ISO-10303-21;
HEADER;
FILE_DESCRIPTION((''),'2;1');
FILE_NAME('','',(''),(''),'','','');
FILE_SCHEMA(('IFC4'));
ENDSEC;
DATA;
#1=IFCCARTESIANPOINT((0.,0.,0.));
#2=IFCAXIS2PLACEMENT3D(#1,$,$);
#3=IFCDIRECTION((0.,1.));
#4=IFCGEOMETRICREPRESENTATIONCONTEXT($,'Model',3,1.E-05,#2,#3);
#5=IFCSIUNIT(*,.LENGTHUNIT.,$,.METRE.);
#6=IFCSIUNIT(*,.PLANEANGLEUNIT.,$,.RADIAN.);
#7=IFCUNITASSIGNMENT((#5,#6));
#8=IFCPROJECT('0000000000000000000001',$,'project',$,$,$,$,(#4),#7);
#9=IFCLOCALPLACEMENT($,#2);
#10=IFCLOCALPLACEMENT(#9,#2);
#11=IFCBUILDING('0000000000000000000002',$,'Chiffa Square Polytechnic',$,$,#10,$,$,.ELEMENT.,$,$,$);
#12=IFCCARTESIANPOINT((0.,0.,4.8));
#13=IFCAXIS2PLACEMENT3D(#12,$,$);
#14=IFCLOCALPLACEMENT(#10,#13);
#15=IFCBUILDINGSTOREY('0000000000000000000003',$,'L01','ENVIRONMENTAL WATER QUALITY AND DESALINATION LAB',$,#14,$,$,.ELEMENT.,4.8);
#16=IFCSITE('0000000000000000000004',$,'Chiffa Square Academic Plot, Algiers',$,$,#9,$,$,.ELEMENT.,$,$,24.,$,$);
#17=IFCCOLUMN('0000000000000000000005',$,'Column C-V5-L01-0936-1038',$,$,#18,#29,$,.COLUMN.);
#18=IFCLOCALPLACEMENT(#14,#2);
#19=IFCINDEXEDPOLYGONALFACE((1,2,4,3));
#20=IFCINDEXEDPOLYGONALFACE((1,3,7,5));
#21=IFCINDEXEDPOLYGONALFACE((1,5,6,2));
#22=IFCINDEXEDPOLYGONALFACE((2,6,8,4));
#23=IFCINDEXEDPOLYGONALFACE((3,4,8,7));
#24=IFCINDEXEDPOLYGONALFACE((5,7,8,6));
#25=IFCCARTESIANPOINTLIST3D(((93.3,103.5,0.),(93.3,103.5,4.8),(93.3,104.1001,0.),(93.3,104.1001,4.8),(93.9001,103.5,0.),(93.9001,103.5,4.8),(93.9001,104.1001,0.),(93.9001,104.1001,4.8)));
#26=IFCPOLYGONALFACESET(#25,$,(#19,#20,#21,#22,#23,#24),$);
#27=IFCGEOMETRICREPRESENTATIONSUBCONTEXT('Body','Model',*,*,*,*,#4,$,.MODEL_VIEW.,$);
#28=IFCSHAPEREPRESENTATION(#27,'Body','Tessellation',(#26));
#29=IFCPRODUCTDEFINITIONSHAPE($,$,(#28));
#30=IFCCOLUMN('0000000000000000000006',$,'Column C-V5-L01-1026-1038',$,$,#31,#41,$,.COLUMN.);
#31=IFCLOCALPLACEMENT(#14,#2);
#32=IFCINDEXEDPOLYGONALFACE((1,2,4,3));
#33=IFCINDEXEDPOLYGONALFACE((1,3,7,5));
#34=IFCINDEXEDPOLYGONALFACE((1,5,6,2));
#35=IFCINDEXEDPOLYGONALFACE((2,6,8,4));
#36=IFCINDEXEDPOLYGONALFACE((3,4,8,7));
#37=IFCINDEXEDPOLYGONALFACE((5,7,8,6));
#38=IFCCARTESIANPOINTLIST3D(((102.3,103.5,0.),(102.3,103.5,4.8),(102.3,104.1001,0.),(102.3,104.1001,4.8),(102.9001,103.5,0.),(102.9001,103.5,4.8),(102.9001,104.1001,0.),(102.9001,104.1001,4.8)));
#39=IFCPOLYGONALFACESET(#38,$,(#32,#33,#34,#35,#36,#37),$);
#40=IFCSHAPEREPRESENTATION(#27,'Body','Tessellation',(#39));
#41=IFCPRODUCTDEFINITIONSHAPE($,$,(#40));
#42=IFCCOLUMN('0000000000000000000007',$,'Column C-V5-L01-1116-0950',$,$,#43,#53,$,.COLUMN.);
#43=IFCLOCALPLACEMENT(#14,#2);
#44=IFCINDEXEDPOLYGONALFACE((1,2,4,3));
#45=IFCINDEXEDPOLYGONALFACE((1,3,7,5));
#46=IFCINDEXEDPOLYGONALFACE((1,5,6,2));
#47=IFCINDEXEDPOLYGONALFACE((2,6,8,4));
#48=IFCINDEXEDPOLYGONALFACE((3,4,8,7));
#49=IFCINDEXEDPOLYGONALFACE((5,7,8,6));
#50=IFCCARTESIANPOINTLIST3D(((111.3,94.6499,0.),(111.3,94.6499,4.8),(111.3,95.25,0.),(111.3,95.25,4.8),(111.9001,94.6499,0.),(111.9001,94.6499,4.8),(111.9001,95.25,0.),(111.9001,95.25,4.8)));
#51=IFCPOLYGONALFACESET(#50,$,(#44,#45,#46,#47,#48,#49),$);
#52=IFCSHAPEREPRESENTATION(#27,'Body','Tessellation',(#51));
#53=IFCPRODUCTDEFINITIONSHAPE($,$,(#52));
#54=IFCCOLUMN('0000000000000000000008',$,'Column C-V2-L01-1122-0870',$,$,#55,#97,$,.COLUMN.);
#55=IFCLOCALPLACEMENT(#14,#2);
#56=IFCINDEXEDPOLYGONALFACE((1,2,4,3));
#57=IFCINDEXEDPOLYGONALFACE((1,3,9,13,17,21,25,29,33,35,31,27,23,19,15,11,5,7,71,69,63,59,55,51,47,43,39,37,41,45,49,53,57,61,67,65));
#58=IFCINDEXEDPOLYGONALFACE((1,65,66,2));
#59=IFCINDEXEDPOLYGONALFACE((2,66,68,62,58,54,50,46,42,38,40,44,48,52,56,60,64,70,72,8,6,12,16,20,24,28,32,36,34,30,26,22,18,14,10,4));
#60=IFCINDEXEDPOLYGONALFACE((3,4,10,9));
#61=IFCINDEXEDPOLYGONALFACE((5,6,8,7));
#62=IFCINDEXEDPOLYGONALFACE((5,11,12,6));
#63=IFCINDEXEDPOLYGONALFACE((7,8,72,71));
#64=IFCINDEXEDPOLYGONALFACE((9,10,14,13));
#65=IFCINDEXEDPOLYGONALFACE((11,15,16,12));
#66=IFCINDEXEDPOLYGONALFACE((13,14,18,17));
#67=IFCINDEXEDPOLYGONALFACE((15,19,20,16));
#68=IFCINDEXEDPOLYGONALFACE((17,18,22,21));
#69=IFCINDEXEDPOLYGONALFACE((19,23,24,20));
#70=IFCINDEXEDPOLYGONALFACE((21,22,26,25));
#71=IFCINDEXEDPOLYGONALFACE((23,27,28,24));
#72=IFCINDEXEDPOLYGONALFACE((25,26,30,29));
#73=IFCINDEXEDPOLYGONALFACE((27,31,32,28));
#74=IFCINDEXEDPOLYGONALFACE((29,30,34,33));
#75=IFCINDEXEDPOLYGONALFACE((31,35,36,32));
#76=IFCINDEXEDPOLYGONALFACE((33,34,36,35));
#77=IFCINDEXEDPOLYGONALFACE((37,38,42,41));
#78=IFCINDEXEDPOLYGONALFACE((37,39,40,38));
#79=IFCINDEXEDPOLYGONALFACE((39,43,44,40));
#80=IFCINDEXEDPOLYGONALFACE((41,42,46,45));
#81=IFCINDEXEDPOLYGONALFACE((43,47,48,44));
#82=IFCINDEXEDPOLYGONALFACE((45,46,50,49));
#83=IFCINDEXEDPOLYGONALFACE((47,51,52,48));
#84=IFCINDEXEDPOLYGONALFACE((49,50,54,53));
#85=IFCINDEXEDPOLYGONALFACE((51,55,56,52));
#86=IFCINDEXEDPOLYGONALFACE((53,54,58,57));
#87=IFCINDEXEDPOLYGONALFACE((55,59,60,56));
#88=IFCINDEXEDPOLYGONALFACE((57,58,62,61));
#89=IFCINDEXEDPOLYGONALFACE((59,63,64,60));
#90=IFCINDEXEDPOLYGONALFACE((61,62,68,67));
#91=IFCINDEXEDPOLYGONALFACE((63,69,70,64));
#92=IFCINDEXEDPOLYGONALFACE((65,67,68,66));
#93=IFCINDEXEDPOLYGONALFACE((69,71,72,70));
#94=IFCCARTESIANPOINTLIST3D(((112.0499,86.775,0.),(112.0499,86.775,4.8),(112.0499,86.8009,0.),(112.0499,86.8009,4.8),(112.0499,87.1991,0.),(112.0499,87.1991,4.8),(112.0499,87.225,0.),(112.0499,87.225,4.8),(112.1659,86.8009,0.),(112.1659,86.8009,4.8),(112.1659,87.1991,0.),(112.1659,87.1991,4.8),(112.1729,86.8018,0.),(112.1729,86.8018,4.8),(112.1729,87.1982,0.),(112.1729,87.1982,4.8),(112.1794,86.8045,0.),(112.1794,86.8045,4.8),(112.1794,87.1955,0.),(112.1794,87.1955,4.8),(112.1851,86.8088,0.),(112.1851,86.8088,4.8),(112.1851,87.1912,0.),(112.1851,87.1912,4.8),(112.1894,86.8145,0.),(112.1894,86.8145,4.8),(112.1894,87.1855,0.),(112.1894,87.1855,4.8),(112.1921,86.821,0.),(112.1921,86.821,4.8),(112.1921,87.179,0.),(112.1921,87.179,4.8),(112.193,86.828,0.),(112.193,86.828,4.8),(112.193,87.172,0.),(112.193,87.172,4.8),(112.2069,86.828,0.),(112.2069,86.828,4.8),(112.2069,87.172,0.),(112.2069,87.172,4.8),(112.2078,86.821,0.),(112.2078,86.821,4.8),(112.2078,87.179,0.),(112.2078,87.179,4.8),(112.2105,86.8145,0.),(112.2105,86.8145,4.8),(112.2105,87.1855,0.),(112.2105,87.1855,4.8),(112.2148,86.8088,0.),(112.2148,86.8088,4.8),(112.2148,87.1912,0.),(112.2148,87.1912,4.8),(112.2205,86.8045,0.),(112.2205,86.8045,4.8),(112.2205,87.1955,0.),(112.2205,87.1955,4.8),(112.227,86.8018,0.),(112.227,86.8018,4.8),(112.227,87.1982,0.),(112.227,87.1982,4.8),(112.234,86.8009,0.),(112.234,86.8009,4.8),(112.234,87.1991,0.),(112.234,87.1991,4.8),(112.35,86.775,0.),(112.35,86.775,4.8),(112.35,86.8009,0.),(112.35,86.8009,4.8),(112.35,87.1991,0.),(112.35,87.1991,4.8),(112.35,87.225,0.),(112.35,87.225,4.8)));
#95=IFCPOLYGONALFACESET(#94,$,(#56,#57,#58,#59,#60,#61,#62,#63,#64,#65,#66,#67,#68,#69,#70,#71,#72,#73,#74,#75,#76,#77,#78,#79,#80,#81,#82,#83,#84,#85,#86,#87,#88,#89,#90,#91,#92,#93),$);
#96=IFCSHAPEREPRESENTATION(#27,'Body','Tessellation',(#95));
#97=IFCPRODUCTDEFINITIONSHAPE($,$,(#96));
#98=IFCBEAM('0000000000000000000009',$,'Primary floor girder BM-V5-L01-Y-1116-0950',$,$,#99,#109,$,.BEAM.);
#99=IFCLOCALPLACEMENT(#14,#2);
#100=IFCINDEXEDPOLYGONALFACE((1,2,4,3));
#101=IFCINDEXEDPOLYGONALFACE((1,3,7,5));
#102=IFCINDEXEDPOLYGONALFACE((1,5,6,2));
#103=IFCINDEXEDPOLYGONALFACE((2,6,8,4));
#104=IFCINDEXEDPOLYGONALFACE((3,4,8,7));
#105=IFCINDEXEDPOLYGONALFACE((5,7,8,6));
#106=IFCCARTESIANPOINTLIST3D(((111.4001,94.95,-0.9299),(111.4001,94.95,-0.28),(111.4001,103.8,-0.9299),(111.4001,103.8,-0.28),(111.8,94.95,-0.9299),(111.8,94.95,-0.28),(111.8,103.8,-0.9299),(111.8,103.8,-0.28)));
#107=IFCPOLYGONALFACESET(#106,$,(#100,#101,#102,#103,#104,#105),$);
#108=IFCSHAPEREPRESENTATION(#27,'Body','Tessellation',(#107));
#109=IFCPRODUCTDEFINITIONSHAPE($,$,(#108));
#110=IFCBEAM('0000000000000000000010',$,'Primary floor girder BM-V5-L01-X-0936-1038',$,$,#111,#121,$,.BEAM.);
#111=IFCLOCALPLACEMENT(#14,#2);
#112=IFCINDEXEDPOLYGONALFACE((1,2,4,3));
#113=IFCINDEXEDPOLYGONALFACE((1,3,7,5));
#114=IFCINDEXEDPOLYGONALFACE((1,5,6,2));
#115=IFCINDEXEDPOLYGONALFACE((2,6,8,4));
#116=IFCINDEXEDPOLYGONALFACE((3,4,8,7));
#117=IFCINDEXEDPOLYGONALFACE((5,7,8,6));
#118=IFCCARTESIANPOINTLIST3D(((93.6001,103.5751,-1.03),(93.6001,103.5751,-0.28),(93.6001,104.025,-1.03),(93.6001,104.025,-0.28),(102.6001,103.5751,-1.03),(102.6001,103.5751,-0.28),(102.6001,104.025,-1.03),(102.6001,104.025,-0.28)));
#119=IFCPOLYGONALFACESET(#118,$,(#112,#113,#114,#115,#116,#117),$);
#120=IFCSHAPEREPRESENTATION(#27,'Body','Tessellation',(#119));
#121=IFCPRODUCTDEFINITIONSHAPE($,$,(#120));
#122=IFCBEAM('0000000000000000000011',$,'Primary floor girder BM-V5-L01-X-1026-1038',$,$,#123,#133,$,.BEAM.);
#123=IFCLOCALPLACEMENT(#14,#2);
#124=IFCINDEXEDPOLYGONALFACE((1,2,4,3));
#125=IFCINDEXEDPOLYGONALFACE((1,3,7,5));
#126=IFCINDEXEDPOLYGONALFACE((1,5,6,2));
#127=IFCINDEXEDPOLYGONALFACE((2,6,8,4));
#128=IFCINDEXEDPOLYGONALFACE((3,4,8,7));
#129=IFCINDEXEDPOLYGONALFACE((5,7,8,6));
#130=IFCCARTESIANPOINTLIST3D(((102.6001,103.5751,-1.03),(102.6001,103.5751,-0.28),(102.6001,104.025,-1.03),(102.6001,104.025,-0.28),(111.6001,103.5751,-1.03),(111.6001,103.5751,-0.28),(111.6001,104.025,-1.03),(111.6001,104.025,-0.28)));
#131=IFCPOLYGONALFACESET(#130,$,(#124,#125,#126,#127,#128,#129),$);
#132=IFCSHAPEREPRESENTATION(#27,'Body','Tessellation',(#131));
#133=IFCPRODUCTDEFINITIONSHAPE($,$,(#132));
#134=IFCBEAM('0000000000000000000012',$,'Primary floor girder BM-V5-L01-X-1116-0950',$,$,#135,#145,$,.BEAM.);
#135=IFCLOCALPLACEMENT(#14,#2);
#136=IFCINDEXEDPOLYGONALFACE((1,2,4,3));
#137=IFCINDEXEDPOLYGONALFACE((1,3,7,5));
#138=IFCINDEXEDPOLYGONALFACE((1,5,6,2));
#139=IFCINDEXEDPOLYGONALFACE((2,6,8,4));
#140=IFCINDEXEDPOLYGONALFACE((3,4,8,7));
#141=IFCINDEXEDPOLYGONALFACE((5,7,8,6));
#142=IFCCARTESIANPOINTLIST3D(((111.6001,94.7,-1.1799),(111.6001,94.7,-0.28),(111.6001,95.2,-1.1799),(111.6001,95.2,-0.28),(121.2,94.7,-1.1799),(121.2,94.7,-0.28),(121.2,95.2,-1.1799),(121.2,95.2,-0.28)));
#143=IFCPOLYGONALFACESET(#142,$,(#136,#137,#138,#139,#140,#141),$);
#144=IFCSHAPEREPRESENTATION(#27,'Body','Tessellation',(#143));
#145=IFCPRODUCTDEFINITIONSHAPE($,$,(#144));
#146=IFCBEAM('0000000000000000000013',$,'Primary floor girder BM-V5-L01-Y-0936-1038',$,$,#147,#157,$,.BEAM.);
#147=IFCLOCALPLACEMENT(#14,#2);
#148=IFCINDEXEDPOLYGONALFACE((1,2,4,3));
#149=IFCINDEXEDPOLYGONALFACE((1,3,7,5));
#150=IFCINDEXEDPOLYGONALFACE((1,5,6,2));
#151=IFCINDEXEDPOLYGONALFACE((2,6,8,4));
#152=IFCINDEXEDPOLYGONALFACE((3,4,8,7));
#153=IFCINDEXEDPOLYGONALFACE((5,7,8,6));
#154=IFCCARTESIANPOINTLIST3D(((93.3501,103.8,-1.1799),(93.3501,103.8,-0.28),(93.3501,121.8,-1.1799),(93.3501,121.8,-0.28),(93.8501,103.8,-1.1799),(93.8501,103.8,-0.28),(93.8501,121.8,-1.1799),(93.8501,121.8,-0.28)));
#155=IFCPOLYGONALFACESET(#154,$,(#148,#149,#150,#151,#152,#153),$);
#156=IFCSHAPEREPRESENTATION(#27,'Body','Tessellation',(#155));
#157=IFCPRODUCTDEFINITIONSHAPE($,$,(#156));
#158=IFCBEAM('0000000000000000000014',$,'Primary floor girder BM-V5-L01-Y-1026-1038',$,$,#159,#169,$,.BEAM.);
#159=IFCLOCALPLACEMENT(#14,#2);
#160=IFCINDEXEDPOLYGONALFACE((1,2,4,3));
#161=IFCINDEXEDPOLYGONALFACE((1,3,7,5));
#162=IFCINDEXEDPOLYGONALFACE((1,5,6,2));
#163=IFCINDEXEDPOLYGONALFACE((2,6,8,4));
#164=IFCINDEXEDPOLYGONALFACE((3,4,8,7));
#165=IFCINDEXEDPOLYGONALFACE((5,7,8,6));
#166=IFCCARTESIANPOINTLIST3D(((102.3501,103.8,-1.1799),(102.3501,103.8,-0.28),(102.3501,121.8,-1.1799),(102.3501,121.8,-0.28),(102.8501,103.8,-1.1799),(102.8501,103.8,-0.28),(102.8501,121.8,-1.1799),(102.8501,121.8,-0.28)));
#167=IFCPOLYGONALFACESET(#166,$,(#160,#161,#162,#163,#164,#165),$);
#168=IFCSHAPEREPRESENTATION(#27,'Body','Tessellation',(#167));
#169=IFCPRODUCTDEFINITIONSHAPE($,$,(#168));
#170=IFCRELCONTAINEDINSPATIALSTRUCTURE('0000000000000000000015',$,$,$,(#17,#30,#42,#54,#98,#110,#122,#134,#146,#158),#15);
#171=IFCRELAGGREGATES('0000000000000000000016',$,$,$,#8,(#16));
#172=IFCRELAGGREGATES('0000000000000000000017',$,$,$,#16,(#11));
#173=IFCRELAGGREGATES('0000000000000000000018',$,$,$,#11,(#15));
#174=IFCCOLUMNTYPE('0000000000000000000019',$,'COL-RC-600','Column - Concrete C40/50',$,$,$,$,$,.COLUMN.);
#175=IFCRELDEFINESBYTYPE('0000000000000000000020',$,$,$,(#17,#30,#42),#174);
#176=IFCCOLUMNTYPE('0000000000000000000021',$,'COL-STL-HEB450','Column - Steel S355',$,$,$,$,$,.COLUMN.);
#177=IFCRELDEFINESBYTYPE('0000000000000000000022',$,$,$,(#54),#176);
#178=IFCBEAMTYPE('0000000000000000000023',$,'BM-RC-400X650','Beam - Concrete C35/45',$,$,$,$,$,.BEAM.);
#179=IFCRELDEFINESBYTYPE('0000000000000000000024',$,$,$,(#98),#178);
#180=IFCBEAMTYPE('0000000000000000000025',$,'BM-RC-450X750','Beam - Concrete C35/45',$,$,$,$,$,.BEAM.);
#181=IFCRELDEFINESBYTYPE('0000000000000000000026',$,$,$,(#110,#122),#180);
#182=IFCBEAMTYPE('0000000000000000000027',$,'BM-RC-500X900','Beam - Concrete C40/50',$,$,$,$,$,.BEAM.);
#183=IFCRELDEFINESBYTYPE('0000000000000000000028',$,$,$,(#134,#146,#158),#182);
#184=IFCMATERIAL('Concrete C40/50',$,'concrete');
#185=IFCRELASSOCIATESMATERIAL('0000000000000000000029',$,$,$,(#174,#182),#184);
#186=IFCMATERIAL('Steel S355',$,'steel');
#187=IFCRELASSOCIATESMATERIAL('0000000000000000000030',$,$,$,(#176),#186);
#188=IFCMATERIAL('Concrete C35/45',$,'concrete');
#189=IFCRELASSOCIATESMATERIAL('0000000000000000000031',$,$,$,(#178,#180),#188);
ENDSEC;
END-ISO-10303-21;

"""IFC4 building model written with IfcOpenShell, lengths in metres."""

from ifc_helpers import new_model, si_unit, direction, frame, origin, origin_2d, place, context, subcontext, project, spatial, rectangle, i_section, extrude, material, material_profile, profile_set, type_object, element, save


model = new_model("IFC4")

# Units and contexts
model_context = context("Model", 3, precision=1e-05, world=origin(), true_north=direction((0.0, 1.0)))
body_context = subcontext(model_context, "Body", "Model", "MODEL_VIEW")
ifc_project = project(units=[si_unit("LENGTHUNIT", "METRE"), si_unit("PLANEANGLEUNIT", "RADIAN")], contexts=[model_context])

# Site, building, storey
site_placement = place(None, origin())
site = spatial("IfcSite", under=ifc_project, at=site_placement, Name="Chiffa Square Academic Plot, Algiers", CompositionType="ELEMENT", RefElevation=24.0)
building_placement = place(site_placement, origin())
building = spatial("IfcBuilding", under=site, at=building_placement, Name="Chiffa Square Polytechnic", CompositionType="ELEMENT")
storey_placement = place(building_placement, frame((0.0, 0.0, 4.8)))
storey = spatial("IfcBuildingStorey", under=building, at=storey_placement, Name="L01", Description="ENVIRONMENTAL WATER QUALITY AND DESALINATION LAB", CompositionType="ELEMENT", Elevation=4.8)

# Columns
ifc_material_1 = material(Name="Concrete C40/50", Category="concrete")
ifc_material_profile_1 = material_profile(ifc_material_1, rectangle(XDim=0.6001, YDim=0.6001, at=origin_2d()), Name="RC 600x600")
ifc_profile_set_1 = profile_set([ifc_material_profile_1], Name="Concrete C40/50")
column_type_1 = type_object("IfcColumnType", Name="COL-RC-600", Description="Column - Concrete C40/50", PredefinedType="COLUMN", material=ifc_profile_set_1)
for number, where, z_axis, x_axis, name in (
    (1, (93.6001, 103.8, 0.0), (0.0, 0.0, 1.0), (1.0, 0.0, 0.0), "Column C-V5-L01-0936-1038"),
    (2, (102.6001, 103.8, 0.0), (0.0, 0.0, 1.0), (1.0, 0.0, 0.0), "Column C-V5-L01-1026-1038"),
    (3, (111.6001, 94.95, 0.0), (0.0, 0.0, 1.0), (1.0, 0.0, 0.0), "Column C-V5-L01-1116-0950"),
):
    element("IfcColumn", number, at=place(storey_placement, frame(where, z_axis=z_axis, x_axis=x_axis)), inside=storey, type_object=column_type_1, Name=name, PredefinedType="COLUMN", context=body_context, shape_type="SweptSolid", body=[
        extrude(rectangle(XDim=0.6001, YDim=0.6001, at=origin_2d()), origin(), (0.0, 0.0, 1.0), 4.8),
    ])
ifc_material_2 = material(Name="Steel S355", Category="steel")
ifc_material_profile_2 = material_profile(ifc_material_2, i_section(OverallWidth=0.3, OverallDepth=0.45, WebThickness=0.0139, FlangeThickness=0.0259, FilletRadius=0.0271, at=origin_2d()), Name="HEB 450")
ifc_profile_set_2 = profile_set([ifc_material_profile_2], Name="Steel S355")
column_type_2 = type_object("IfcColumnType", Name="COL-STL-HEB450", Description="Column - Steel S355", PredefinedType="COLUMN", material=ifc_profile_set_2)
column_placement = place(storey_placement, frame((112.2, 87.0, 0.0), z_axis=(0.0, 0.0, 1.0), x_axis=(1.0, 0.0, 0.0)))
element("IfcColumn", 4, at=column_placement, inside=storey, type_object=column_type_2, Name="Column C-V2-L01-1122-0870", PredefinedType="COLUMN", context=body_context, shape_type="SweptSolid", body=[
    extrude(i_section(OverallWidth=0.3, OverallDepth=0.45, WebThickness=0.0139, FlangeThickness=0.0259, FilletRadius=0.0271, at=origin_2d()), origin(), (0.0, 0.0, 1.0), 4.8),
])

# Beams
ifc_material_3 = material(Name="Concrete C35/45", Category="concrete")
ifc_material_profile_3 = material_profile(ifc_material_3, rectangle(XDim=0.3999, YDim=0.6499, at=origin_2d()), Name="RC 400x650")
ifc_profile_set_3 = profile_set([ifc_material_profile_3], Name="Concrete C35/45")
beam_type_1 = type_object("IfcBeamType", Name="BM-RC-400X650", Description="Beam - Concrete C35/45", PredefinedType="BEAM", material=ifc_profile_set_3)
beam_1_placement = place(storey_placement, frame((111.6001, 94.95, -0.605), z_axis=(0.0, 1.0, 0.0), x_axis=(-1.0, 0.0, 0.0)))
element("IfcBeam", 5, at=beam_1_placement, inside=storey, type_object=beam_type_1, Name="Primary floor girder BM-V5-L01-Y-1116-0950", PredefinedType="BEAM", context=body_context, shape_type="SweptSolid", body=[
    extrude(rectangle(XDim=0.3999, YDim=0.6499, at=origin_2d()), origin(), (0.0, 0.0, 1.0), 8.8501),
])
ifc_material_profile_4 = material_profile(ifc_material_3, rectangle(XDim=0.45, YDim=0.75, at=origin_2d()), Name="RC 450x750")
ifc_profile_set_4 = profile_set([ifc_material_profile_4], Name="Concrete C35/45")
beam_type_2 = type_object("IfcBeamType", Name="BM-RC-450X750", Description="Beam - Concrete C35/45", PredefinedType="BEAM", material=ifc_profile_set_4)
for number, where, z_axis, x_axis, name in (
    (6, (93.6001, 103.8, -0.655), (1.0, 0.0, 0.0), (0.0, 1.0, 0.0), "Primary floor girder BM-V5-L01-X-0936-1038"),
    (7, (102.6001, 103.8, -0.655), (1.0, 0.0, 0.0), (0.0, 1.0, 0.0), "Primary floor girder BM-V5-L01-X-1026-1038"),
):
    element("IfcBeam", number, at=place(storey_placement, frame(where, z_axis=z_axis, x_axis=x_axis)), inside=storey, type_object=beam_type_2, Name=name, PredefinedType="BEAM", context=body_context, shape_type="SweptSolid", body=[
        extrude(rectangle(XDim=0.45, YDim=0.75, at=origin_2d()), origin(), (0.0, 0.0, 1.0), 9.0),
    ])
ifc_material_profile_5 = material_profile(ifc_material_1, rectangle(XDim=0.5, YDim=0.8999, at=origin_2d()), Name="RC 500x900")
ifc_profile_set_5 = profile_set([ifc_material_profile_5], Name="Concrete C40/50")
beam_type_3 = type_object("IfcBeamType", Name="BM-RC-500X900", Description="Beam - Concrete C40/50", PredefinedType="BEAM", material=ifc_profile_set_5)
beam_2_placement = place(storey_placement, frame((111.6001, 94.95, -0.73), z_axis=(1.0, 0.0, 0.0), x_axis=(0.0, 1.0, 0.0)))
element("IfcBeam", 8, at=beam_2_placement, inside=storey, type_object=beam_type_3, Name="Primary floor girder BM-V5-L01-X-1116-0950", PredefinedType="BEAM", context=body_context, shape_type="SweptSolid", body=[
    extrude(rectangle(XDim=0.5, YDim=0.8999, at=origin_2d()), origin(), (0.0, 0.0, 1.0), 9.5999),
])
for number, where, z_axis, x_axis, name in (
    (9, (93.6001, 103.8, -0.73), (0.0, 1.0, 0.0), (-1.0, 0.0, 0.0), "Primary floor girder BM-V5-L01-Y-0936-1038"),
    (10, (102.6001, 103.8, -0.73), (0.0, 1.0, 0.0), (-1.0, 0.0, 0.0), "Primary floor girder BM-V5-L01-Y-1026-1038"),
):
    element("IfcBeam", number, at=place(storey_placement, frame(where, z_axis=z_axis, x_axis=x_axis)), inside=storey, type_object=beam_type_3, Name=name, PredefinedType="BEAM", context=body_context, shape_type="SweptSolid", body=[
        extrude(rectangle(XDim=0.5, YDim=0.8999, at=origin_2d()), origin(), (0.0, 0.0, 1.0), 18.0),
    ])

save(model, "model.ifc")
